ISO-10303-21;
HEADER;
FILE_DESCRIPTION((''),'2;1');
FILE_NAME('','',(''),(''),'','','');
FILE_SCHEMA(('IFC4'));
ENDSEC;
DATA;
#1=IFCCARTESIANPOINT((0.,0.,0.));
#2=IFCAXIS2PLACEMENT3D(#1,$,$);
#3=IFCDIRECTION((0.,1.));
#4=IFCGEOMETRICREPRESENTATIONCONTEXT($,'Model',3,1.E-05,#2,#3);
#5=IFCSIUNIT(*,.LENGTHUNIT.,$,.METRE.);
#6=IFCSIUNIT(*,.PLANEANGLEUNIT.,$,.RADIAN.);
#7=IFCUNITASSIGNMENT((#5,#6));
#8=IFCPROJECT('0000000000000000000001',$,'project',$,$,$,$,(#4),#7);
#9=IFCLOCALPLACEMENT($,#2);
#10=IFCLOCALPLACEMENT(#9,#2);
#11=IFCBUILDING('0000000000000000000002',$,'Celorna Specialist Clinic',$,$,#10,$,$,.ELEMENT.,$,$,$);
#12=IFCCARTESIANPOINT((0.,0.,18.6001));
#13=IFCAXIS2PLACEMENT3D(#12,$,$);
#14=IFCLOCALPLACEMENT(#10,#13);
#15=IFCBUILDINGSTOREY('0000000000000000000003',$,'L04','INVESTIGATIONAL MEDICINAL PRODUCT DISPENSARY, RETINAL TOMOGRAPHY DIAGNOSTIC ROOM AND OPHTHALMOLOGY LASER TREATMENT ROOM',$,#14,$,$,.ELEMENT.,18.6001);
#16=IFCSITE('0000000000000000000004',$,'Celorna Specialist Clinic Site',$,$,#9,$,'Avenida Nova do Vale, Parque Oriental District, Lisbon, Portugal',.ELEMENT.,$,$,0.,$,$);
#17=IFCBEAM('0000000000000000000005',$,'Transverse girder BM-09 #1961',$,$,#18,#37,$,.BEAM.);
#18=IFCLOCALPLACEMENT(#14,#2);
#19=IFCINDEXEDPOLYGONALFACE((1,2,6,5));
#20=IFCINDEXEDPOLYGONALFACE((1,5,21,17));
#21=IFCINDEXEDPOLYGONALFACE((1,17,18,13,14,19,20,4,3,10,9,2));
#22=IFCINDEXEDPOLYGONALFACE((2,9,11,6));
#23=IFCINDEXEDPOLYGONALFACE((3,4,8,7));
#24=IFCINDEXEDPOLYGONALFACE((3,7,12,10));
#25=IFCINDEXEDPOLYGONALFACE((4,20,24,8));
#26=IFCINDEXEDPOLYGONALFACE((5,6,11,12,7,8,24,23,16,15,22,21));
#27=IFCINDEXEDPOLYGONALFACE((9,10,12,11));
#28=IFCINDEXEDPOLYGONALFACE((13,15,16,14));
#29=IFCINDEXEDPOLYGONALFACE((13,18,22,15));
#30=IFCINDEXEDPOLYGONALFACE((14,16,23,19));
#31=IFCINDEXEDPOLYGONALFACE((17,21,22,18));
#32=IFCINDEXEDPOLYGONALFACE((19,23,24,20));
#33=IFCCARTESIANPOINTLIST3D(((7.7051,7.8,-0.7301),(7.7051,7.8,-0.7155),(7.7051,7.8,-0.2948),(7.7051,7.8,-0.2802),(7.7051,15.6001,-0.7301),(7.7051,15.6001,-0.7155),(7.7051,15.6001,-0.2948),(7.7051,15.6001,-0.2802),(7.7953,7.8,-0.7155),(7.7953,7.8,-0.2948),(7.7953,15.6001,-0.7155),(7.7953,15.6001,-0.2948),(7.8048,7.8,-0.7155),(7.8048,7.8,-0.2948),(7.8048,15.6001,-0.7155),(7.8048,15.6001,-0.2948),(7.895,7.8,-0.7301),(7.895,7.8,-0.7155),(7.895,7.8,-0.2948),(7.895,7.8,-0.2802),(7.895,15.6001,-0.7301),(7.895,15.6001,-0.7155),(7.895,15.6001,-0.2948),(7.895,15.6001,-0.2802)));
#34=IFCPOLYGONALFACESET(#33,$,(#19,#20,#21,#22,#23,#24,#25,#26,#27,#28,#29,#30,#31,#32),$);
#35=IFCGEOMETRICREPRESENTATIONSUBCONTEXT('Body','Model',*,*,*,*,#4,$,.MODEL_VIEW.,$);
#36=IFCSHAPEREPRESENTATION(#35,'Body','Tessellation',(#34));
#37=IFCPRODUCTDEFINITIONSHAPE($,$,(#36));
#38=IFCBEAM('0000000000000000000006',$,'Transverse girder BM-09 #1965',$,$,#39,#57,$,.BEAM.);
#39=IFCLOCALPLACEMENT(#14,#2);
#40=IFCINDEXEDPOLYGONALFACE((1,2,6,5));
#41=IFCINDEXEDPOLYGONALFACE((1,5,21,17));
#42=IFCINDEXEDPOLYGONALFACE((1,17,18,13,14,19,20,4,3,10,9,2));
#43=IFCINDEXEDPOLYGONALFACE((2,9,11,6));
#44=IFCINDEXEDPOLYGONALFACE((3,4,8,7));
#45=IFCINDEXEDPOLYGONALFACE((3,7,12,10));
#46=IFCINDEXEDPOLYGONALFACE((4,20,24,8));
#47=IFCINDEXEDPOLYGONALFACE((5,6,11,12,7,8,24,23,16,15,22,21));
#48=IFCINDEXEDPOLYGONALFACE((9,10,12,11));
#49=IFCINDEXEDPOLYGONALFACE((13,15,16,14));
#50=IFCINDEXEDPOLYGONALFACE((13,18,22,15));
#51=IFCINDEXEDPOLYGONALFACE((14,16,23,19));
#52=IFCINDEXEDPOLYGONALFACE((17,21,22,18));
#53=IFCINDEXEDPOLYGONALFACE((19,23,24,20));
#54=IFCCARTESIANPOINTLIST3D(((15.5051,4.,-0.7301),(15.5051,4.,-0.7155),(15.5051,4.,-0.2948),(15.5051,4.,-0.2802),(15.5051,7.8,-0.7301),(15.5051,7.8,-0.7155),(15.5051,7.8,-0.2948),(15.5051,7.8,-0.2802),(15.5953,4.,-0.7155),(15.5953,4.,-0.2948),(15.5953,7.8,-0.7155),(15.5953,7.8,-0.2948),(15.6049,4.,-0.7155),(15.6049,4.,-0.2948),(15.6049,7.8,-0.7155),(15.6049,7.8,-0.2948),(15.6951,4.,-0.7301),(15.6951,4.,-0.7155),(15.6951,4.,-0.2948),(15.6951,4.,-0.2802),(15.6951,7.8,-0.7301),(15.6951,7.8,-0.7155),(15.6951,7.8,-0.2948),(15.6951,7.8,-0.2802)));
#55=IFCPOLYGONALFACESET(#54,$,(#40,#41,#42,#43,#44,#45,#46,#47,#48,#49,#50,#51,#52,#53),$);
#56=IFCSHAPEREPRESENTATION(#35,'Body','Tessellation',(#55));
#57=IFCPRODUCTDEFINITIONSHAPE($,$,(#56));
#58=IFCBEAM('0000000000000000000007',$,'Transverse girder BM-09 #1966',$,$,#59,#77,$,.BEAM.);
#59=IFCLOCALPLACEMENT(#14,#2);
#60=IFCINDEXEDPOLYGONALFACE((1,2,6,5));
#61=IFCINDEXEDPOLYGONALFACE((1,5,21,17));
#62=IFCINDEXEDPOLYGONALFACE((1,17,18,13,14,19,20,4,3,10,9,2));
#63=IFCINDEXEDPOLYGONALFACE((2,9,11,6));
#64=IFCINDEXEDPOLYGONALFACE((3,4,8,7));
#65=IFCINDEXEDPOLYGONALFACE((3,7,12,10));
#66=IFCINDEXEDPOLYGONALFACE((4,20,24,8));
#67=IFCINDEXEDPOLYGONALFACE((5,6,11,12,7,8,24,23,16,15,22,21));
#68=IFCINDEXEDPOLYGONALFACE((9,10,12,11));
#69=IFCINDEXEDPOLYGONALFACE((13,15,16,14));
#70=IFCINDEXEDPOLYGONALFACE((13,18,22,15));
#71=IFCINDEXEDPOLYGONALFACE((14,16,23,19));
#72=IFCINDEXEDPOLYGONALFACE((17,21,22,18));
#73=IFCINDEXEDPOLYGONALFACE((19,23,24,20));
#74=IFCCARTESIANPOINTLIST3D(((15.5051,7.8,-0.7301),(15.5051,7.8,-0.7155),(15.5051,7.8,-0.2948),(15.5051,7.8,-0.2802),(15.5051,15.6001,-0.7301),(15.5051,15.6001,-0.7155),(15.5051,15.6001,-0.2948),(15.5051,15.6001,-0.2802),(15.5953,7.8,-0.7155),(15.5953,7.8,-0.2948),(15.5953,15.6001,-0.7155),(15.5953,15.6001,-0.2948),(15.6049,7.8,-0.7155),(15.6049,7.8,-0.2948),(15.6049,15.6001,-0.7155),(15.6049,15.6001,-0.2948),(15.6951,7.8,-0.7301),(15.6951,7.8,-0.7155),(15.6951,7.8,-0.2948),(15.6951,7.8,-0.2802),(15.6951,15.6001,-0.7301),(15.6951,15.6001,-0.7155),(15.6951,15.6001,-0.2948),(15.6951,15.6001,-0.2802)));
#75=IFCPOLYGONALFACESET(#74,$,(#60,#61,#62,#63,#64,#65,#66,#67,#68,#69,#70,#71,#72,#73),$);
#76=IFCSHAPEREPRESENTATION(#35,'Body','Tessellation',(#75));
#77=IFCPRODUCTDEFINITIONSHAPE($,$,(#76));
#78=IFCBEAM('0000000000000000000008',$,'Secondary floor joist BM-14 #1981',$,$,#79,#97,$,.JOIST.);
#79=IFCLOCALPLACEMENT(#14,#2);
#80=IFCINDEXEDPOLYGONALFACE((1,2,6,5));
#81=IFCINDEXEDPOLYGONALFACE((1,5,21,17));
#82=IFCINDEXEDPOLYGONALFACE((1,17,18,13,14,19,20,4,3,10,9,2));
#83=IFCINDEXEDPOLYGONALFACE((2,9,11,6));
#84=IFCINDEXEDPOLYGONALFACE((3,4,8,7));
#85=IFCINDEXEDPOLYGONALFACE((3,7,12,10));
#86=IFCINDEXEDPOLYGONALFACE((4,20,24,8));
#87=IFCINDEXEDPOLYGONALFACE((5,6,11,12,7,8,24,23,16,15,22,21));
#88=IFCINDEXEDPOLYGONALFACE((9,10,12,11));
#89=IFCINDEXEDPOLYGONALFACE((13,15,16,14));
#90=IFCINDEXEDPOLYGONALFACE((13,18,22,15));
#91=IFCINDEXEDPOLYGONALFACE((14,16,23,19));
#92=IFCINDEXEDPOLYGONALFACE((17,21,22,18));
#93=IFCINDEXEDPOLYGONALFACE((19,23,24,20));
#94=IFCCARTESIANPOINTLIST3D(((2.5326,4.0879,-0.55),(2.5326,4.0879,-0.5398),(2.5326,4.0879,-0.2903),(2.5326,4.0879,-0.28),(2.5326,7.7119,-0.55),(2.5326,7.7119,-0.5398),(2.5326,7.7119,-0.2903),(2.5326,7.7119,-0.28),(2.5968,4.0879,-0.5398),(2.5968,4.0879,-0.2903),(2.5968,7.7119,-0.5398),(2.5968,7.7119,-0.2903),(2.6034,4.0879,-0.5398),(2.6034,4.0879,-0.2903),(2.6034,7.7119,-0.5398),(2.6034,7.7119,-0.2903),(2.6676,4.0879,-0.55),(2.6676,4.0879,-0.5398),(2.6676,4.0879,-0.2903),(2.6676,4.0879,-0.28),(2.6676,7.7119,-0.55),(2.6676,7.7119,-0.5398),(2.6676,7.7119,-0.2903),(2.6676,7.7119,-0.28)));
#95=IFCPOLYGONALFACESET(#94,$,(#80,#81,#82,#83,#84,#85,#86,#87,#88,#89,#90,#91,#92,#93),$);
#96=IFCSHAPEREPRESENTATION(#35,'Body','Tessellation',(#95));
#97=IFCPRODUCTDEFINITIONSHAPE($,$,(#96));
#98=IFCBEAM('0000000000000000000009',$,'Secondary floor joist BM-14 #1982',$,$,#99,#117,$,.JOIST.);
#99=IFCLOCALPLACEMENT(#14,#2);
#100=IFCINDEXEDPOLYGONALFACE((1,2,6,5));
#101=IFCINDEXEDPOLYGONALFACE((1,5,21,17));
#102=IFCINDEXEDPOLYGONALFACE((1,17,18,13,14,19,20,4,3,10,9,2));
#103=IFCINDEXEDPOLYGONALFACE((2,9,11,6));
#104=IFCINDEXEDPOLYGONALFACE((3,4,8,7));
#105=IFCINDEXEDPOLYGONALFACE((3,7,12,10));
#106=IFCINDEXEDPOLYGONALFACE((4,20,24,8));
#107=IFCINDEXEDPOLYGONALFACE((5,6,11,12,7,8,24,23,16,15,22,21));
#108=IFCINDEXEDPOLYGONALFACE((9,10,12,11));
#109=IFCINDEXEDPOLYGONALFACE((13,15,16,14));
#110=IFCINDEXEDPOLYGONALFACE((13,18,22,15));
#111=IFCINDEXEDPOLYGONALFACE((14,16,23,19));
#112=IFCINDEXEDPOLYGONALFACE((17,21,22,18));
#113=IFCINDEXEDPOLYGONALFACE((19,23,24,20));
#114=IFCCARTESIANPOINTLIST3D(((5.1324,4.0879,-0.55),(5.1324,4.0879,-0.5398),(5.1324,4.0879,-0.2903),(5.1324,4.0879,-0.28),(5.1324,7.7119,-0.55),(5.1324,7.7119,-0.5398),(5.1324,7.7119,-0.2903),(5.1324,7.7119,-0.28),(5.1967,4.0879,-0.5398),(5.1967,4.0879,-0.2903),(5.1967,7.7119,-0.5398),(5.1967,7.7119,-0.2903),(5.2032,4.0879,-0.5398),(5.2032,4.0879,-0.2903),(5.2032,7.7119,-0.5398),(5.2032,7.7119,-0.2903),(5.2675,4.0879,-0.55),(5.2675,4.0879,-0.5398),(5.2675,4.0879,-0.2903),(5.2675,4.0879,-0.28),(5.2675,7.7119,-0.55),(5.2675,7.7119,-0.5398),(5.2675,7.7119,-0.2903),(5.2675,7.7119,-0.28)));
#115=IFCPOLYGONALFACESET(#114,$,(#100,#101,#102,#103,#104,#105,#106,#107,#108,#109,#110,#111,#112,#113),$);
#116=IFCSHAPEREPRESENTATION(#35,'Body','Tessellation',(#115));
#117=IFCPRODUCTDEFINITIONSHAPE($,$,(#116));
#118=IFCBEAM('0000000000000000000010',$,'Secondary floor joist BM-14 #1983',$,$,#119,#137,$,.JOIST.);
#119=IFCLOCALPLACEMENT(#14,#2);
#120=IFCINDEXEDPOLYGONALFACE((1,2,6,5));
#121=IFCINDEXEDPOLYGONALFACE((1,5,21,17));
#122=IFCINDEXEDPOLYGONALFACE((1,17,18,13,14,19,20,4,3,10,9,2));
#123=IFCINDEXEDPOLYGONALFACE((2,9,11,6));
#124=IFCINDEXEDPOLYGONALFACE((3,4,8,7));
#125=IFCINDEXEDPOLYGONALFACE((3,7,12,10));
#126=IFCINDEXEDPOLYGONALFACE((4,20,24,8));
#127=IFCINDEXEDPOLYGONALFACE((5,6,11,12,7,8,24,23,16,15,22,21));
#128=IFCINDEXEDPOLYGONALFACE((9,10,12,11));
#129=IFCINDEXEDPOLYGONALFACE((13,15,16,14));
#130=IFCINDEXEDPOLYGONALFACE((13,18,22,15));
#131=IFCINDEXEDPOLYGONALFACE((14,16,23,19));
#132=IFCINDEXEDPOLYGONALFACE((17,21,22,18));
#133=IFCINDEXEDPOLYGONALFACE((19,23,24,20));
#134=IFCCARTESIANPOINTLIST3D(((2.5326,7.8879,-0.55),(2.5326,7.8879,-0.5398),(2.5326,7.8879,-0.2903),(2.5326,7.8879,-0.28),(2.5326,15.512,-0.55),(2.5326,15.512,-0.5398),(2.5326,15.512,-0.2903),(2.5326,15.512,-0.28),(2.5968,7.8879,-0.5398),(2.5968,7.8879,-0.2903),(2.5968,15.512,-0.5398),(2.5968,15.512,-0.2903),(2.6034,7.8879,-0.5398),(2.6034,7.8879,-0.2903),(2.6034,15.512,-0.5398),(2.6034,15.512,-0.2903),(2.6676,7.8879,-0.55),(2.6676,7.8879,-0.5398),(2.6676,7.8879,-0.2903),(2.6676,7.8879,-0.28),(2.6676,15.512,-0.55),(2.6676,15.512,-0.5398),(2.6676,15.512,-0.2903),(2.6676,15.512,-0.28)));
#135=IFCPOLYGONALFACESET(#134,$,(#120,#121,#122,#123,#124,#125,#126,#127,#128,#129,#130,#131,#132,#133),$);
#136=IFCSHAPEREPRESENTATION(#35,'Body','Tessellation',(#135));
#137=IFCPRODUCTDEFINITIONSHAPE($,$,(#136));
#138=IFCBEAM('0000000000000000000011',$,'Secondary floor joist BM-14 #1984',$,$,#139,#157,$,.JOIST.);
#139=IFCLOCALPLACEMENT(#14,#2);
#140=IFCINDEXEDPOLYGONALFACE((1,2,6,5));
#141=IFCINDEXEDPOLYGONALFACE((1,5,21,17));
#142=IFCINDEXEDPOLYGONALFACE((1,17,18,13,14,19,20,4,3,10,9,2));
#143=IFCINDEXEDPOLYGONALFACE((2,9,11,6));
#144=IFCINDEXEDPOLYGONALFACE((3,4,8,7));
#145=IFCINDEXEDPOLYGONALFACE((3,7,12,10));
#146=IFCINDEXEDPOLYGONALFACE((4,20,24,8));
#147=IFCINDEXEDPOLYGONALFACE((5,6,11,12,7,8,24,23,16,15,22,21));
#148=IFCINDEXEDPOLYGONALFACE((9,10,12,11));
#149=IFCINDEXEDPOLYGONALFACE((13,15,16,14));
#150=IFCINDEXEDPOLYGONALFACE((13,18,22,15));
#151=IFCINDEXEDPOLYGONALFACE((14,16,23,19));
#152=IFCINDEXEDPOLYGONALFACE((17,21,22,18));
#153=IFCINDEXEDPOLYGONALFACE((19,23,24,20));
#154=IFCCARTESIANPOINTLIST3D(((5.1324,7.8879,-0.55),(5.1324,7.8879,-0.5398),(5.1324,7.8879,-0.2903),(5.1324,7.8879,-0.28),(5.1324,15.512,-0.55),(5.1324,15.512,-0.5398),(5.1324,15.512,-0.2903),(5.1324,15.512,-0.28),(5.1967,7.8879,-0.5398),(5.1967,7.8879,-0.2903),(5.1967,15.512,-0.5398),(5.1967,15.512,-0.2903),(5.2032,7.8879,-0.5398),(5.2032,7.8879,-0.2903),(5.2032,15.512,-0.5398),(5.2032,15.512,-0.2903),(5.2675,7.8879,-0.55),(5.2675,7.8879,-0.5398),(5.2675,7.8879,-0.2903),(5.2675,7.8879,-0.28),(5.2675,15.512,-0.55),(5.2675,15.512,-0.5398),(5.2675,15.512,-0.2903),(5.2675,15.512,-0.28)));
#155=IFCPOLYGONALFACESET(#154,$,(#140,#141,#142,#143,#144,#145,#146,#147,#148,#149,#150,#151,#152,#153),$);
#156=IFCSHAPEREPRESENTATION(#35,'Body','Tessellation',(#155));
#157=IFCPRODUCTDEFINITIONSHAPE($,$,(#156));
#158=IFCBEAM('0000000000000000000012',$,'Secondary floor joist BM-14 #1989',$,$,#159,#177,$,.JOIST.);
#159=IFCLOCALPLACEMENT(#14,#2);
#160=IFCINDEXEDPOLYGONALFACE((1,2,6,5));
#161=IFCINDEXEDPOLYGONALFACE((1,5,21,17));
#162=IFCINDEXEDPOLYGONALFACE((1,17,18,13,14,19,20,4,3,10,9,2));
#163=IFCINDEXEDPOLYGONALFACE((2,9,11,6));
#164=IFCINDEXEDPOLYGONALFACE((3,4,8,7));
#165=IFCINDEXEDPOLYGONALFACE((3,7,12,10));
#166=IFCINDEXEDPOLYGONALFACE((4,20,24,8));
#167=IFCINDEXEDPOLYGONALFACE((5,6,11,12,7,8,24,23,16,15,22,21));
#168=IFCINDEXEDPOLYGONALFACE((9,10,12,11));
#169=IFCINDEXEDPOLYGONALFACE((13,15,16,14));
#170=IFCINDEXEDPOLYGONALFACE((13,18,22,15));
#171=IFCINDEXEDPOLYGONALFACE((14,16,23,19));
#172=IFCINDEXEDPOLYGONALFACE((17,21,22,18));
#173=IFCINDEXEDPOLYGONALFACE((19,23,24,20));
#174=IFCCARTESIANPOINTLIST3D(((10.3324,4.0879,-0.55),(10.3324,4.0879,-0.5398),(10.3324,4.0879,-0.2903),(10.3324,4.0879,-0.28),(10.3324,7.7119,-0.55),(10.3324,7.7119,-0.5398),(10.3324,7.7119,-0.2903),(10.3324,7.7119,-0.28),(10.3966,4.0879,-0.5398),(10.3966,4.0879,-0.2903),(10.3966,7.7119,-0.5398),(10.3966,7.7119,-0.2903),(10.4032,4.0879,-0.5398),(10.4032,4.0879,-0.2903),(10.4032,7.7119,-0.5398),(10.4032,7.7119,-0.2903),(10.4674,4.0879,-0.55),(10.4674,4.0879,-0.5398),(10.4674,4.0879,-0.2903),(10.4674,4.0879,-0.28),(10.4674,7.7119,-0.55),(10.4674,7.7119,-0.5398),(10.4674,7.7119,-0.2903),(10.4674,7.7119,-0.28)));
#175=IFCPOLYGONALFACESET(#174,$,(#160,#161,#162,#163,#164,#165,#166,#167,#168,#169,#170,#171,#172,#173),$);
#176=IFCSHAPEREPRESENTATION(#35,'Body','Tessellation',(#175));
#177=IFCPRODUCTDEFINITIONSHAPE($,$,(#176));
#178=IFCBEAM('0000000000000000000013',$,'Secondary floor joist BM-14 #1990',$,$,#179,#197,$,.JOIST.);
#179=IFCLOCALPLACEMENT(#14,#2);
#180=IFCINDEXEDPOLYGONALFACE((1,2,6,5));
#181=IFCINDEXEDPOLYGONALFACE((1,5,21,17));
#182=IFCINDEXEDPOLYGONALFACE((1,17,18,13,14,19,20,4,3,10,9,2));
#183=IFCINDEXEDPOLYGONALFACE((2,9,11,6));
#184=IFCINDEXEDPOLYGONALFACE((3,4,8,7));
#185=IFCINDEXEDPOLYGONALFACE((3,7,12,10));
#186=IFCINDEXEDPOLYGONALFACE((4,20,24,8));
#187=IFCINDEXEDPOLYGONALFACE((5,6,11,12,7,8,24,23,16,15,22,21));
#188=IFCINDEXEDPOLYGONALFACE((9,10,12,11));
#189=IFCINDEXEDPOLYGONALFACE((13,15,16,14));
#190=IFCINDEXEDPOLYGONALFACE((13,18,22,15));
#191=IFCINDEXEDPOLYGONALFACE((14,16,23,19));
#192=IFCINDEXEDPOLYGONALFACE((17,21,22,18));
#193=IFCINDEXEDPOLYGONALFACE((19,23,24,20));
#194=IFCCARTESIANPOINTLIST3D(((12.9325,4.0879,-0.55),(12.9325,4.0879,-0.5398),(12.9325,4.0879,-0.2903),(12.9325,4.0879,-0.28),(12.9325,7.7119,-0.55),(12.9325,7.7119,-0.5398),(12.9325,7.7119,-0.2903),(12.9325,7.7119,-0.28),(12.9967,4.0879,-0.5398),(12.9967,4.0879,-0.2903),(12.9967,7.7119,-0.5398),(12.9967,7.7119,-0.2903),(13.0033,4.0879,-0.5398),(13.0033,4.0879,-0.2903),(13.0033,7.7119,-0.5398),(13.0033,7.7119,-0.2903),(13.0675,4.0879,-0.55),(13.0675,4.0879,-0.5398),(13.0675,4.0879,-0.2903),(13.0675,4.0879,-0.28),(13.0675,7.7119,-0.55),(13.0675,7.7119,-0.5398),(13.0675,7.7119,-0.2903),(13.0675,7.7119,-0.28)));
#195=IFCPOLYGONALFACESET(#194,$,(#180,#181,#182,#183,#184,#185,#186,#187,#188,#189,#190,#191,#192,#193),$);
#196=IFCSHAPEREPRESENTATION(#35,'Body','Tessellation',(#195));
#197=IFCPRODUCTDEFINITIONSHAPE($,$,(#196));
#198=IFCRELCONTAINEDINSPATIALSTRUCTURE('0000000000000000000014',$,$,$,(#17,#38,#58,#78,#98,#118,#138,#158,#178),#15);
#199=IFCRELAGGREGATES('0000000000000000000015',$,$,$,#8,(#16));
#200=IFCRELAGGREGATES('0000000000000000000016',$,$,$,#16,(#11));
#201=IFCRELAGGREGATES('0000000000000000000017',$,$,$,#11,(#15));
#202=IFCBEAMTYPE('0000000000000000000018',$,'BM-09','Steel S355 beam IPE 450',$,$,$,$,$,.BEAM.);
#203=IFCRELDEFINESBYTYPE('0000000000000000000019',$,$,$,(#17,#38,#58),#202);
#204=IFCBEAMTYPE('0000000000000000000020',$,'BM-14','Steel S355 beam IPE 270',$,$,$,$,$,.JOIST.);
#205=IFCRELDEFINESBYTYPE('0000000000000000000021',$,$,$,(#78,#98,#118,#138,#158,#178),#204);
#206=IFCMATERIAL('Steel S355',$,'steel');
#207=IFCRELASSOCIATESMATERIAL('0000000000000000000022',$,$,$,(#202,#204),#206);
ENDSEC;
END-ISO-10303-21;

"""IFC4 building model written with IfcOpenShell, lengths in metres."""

from ifc_helpers import new_model, si_unit, direction, frame, origin, origin_2d, place, context, subcontext, project, spatial, i_section, extrude, material, material_profile, profile_set, type_object, element, save


model = new_model("IFC4")

# Units and contexts
model_context = context("Model", 3, precision=1e-05, world=origin(), true_north=direction((0.0, 1.0)))
body_context = subcontext(model_context, "Body", "Model", "MODEL_VIEW")
ifc_project = project(units=[si_unit("LENGTHUNIT", "METRE"), si_unit("PLANEANGLEUNIT", "RADIAN")], contexts=[model_context])

# Site, building, storey
site_placement = place(None, origin())
site = spatial("IfcSite", under=ifc_project, at=site_placement, Name="Celorna Specialist Clinic Site", LongName="Avenida Nova do Vale, Parque Oriental District, Lisbon, Portugal", CompositionType="ELEMENT", RefElevation=0.0)
building_placement = place(site_placement, origin())
building = spatial("IfcBuilding", under=site, at=building_placement, Name="Celorna Specialist Clinic", CompositionType="ELEMENT")
storey_placement = place(building_placement, frame((0.0, 0.0, 18.6001)))
storey = spatial("IfcBuildingStorey", under=building, at=storey_placement, Name="L04", Description="INVESTIGATIONAL MEDICINAL PRODUCT DISPENSARY, RETINAL TOMOGRAPHY DIAGNOSTIC ROOM AND OPHTHALMOLOGY LASER TREATMENT ROOM", CompositionType="ELEMENT", Elevation=18.6001)

# Beams
ifc_material_1 = material(Name="Steel S355", Category="steel")
ifc_material_profile_1 = material_profile(ifc_material_1, i_section(OverallWidth=0.1899, OverallDepth=0.45, WebThickness=0.0095, FlangeThickness=0.0146, at=origin_2d()), Name="IPE 450")
ifc_profile_set_1 = profile_set([ifc_material_profile_1], Name="Steel S355")
beam_type_1 = type_object("IfcBeamType", Name="BM-09", Description="Steel S355 beam IPE 450", PredefinedType="BEAM", material=ifc_profile_set_1)
beam_1_placement = place(storey_placement, frame((7.8, 7.8, -0.5051), z_axis=(0.0, 1.0, 0.0), x_axis=(-1.0, 0.0, 0.0)))
element("IfcBeam", 1, at=beam_1_placement, inside=storey, type_object=beam_type_1, Name="Transverse girder BM-09 #1961", PredefinedType="BEAM", context=body_context, shape_type="SweptSolid", body=[
    extrude(i_section(OverallWidth=0.1899, OverallDepth=0.45, WebThickness=0.0095, FlangeThickness=0.0146, at=origin_2d()), origin(), (0.0, 0.0, 1.0), 7.8),
])
beam_2_placement = place(storey_placement, frame((15.6001, 4.0, -0.5051), z_axis=(0.0, 1.0, 0.0), x_axis=(-1.0, 0.0, 0.0)))
element("IfcBeam", 2, at=beam_2_placement, inside=storey, type_object=beam_type_1, Name="Transverse girder BM-09 #1965", PredefinedType="BEAM", context=body_context, shape_type="SweptSolid", body=[
    extrude(i_section(OverallWidth=0.1899, OverallDepth=0.45, WebThickness=0.0095, FlangeThickness=0.0146, at=origin_2d()), origin(), (0.0, 0.0, 1.0), 3.8),
])
beam_3_placement = place(storey_placement, frame((15.6001, 7.8, -0.5051), z_axis=(0.0, 1.0, 0.0), x_axis=(-1.0, 0.0, 0.0)))
element("IfcBeam", 3, at=beam_3_placement, inside=storey, type_object=beam_type_1, Name="Transverse girder BM-09 #1966", PredefinedType="BEAM", context=body_context, shape_type="SweptSolid", body=[
    extrude(i_section(OverallWidth=0.1899, OverallDepth=0.45, WebThickness=0.0095, FlangeThickness=0.0146, at=origin_2d()), origin(), (0.0, 0.0, 1.0), 7.8),
])
ifc_material_profile_2 = material_profile(ifc_material_1, i_section(OverallWidth=0.135, OverallDepth=0.27, WebThickness=0.0066, FlangeThickness=0.0103, at=origin_2d()), Name="IPE 270")
ifc_profile_set_2 = profile_set([ifc_material_profile_2], Name="Steel S355")
beam_type_2 = type_object("IfcBeamType", Name="BM-14", Description="Steel S355 beam IPE 270", PredefinedType="JOIST", material=ifc_profile_set_2)
for number, where, z_axis, x_axis, name in (
    (4, (2.6001, 4.0879, -0.415), (0.0, 1.0, 0.0), (-1.0, 0.0, 0.0), "Secondary floor joist BM-14 #1981"),
    (5, (5.2, 4.0879, -0.415), (0.0, 1.0, 0.0), (-1.0, 0.0, 0.0), "Secondary floor joist BM-14 #1982"),
):
    element("IfcBeam", number, at=place(storey_placement, frame(where, z_axis=z_axis, x_axis=x_axis)), inside=storey, type_object=beam_type_2, Name=name, PredefinedType="JOIST", context=body_context, shape_type="SweptSolid", body=[
        extrude(i_section(OverallWidth=0.135, OverallDepth=0.27, WebThickness=0.0066, FlangeThickness=0.0103, at=origin_2d()), origin(), (0.0, 0.0, 1.0), 3.624),
    ])
for number, where, z_axis, x_axis, name in (
    (6, (2.6001, 7.8879, -0.415), (0.0, 1.0, 0.0), (-1.0, 0.0, 0.0), "Secondary floor joist BM-14 #1983"),
    (7, (5.2, 7.8879, -0.415), (0.0, 1.0, 0.0), (-1.0, 0.0, 0.0), "Secondary floor joist BM-14 #1984"),
):
    element("IfcBeam", number, at=place(storey_placement, frame(where, z_axis=z_axis, x_axis=x_axis)), inside=storey, type_object=beam_type_2, Name=name, PredefinedType="JOIST", context=body_context, shape_type="SweptSolid", body=[
        extrude(i_section(OverallWidth=0.135, OverallDepth=0.27, WebThickness=0.0066, FlangeThickness=0.0103, at=origin_2d()), origin(), (0.0, 0.0, 1.0), 7.624),
    ])
for number, where, z_axis, x_axis, name in (
    (8, (10.3999, 4.0879, -0.415), (0.0, 1.0, 0.0), (-1.0, 0.0, 0.0), "Secondary floor joist BM-14 #1989"),
    (9, (13.0, 4.0879, -0.415), (0.0, 1.0, 0.0), (-1.0, 0.0, 0.0), "Secondary floor joist BM-14 #1990"),
):
    element("IfcBeam", number, at=place(storey_placement, frame(where, z_axis=z_axis, x_axis=x_axis)), inside=storey, type_object=beam_type_2, Name=name, PredefinedType="JOIST", context=body_context, shape_type="SweptSolid", body=[
        extrude(i_section(OverallWidth=0.135, OverallDepth=0.27, WebThickness=0.0066, FlangeThickness=0.0103, at=origin_2d()), origin(), (0.0, 0.0, 1.0), 3.624),
    ])

save(model, "model.ifc")
